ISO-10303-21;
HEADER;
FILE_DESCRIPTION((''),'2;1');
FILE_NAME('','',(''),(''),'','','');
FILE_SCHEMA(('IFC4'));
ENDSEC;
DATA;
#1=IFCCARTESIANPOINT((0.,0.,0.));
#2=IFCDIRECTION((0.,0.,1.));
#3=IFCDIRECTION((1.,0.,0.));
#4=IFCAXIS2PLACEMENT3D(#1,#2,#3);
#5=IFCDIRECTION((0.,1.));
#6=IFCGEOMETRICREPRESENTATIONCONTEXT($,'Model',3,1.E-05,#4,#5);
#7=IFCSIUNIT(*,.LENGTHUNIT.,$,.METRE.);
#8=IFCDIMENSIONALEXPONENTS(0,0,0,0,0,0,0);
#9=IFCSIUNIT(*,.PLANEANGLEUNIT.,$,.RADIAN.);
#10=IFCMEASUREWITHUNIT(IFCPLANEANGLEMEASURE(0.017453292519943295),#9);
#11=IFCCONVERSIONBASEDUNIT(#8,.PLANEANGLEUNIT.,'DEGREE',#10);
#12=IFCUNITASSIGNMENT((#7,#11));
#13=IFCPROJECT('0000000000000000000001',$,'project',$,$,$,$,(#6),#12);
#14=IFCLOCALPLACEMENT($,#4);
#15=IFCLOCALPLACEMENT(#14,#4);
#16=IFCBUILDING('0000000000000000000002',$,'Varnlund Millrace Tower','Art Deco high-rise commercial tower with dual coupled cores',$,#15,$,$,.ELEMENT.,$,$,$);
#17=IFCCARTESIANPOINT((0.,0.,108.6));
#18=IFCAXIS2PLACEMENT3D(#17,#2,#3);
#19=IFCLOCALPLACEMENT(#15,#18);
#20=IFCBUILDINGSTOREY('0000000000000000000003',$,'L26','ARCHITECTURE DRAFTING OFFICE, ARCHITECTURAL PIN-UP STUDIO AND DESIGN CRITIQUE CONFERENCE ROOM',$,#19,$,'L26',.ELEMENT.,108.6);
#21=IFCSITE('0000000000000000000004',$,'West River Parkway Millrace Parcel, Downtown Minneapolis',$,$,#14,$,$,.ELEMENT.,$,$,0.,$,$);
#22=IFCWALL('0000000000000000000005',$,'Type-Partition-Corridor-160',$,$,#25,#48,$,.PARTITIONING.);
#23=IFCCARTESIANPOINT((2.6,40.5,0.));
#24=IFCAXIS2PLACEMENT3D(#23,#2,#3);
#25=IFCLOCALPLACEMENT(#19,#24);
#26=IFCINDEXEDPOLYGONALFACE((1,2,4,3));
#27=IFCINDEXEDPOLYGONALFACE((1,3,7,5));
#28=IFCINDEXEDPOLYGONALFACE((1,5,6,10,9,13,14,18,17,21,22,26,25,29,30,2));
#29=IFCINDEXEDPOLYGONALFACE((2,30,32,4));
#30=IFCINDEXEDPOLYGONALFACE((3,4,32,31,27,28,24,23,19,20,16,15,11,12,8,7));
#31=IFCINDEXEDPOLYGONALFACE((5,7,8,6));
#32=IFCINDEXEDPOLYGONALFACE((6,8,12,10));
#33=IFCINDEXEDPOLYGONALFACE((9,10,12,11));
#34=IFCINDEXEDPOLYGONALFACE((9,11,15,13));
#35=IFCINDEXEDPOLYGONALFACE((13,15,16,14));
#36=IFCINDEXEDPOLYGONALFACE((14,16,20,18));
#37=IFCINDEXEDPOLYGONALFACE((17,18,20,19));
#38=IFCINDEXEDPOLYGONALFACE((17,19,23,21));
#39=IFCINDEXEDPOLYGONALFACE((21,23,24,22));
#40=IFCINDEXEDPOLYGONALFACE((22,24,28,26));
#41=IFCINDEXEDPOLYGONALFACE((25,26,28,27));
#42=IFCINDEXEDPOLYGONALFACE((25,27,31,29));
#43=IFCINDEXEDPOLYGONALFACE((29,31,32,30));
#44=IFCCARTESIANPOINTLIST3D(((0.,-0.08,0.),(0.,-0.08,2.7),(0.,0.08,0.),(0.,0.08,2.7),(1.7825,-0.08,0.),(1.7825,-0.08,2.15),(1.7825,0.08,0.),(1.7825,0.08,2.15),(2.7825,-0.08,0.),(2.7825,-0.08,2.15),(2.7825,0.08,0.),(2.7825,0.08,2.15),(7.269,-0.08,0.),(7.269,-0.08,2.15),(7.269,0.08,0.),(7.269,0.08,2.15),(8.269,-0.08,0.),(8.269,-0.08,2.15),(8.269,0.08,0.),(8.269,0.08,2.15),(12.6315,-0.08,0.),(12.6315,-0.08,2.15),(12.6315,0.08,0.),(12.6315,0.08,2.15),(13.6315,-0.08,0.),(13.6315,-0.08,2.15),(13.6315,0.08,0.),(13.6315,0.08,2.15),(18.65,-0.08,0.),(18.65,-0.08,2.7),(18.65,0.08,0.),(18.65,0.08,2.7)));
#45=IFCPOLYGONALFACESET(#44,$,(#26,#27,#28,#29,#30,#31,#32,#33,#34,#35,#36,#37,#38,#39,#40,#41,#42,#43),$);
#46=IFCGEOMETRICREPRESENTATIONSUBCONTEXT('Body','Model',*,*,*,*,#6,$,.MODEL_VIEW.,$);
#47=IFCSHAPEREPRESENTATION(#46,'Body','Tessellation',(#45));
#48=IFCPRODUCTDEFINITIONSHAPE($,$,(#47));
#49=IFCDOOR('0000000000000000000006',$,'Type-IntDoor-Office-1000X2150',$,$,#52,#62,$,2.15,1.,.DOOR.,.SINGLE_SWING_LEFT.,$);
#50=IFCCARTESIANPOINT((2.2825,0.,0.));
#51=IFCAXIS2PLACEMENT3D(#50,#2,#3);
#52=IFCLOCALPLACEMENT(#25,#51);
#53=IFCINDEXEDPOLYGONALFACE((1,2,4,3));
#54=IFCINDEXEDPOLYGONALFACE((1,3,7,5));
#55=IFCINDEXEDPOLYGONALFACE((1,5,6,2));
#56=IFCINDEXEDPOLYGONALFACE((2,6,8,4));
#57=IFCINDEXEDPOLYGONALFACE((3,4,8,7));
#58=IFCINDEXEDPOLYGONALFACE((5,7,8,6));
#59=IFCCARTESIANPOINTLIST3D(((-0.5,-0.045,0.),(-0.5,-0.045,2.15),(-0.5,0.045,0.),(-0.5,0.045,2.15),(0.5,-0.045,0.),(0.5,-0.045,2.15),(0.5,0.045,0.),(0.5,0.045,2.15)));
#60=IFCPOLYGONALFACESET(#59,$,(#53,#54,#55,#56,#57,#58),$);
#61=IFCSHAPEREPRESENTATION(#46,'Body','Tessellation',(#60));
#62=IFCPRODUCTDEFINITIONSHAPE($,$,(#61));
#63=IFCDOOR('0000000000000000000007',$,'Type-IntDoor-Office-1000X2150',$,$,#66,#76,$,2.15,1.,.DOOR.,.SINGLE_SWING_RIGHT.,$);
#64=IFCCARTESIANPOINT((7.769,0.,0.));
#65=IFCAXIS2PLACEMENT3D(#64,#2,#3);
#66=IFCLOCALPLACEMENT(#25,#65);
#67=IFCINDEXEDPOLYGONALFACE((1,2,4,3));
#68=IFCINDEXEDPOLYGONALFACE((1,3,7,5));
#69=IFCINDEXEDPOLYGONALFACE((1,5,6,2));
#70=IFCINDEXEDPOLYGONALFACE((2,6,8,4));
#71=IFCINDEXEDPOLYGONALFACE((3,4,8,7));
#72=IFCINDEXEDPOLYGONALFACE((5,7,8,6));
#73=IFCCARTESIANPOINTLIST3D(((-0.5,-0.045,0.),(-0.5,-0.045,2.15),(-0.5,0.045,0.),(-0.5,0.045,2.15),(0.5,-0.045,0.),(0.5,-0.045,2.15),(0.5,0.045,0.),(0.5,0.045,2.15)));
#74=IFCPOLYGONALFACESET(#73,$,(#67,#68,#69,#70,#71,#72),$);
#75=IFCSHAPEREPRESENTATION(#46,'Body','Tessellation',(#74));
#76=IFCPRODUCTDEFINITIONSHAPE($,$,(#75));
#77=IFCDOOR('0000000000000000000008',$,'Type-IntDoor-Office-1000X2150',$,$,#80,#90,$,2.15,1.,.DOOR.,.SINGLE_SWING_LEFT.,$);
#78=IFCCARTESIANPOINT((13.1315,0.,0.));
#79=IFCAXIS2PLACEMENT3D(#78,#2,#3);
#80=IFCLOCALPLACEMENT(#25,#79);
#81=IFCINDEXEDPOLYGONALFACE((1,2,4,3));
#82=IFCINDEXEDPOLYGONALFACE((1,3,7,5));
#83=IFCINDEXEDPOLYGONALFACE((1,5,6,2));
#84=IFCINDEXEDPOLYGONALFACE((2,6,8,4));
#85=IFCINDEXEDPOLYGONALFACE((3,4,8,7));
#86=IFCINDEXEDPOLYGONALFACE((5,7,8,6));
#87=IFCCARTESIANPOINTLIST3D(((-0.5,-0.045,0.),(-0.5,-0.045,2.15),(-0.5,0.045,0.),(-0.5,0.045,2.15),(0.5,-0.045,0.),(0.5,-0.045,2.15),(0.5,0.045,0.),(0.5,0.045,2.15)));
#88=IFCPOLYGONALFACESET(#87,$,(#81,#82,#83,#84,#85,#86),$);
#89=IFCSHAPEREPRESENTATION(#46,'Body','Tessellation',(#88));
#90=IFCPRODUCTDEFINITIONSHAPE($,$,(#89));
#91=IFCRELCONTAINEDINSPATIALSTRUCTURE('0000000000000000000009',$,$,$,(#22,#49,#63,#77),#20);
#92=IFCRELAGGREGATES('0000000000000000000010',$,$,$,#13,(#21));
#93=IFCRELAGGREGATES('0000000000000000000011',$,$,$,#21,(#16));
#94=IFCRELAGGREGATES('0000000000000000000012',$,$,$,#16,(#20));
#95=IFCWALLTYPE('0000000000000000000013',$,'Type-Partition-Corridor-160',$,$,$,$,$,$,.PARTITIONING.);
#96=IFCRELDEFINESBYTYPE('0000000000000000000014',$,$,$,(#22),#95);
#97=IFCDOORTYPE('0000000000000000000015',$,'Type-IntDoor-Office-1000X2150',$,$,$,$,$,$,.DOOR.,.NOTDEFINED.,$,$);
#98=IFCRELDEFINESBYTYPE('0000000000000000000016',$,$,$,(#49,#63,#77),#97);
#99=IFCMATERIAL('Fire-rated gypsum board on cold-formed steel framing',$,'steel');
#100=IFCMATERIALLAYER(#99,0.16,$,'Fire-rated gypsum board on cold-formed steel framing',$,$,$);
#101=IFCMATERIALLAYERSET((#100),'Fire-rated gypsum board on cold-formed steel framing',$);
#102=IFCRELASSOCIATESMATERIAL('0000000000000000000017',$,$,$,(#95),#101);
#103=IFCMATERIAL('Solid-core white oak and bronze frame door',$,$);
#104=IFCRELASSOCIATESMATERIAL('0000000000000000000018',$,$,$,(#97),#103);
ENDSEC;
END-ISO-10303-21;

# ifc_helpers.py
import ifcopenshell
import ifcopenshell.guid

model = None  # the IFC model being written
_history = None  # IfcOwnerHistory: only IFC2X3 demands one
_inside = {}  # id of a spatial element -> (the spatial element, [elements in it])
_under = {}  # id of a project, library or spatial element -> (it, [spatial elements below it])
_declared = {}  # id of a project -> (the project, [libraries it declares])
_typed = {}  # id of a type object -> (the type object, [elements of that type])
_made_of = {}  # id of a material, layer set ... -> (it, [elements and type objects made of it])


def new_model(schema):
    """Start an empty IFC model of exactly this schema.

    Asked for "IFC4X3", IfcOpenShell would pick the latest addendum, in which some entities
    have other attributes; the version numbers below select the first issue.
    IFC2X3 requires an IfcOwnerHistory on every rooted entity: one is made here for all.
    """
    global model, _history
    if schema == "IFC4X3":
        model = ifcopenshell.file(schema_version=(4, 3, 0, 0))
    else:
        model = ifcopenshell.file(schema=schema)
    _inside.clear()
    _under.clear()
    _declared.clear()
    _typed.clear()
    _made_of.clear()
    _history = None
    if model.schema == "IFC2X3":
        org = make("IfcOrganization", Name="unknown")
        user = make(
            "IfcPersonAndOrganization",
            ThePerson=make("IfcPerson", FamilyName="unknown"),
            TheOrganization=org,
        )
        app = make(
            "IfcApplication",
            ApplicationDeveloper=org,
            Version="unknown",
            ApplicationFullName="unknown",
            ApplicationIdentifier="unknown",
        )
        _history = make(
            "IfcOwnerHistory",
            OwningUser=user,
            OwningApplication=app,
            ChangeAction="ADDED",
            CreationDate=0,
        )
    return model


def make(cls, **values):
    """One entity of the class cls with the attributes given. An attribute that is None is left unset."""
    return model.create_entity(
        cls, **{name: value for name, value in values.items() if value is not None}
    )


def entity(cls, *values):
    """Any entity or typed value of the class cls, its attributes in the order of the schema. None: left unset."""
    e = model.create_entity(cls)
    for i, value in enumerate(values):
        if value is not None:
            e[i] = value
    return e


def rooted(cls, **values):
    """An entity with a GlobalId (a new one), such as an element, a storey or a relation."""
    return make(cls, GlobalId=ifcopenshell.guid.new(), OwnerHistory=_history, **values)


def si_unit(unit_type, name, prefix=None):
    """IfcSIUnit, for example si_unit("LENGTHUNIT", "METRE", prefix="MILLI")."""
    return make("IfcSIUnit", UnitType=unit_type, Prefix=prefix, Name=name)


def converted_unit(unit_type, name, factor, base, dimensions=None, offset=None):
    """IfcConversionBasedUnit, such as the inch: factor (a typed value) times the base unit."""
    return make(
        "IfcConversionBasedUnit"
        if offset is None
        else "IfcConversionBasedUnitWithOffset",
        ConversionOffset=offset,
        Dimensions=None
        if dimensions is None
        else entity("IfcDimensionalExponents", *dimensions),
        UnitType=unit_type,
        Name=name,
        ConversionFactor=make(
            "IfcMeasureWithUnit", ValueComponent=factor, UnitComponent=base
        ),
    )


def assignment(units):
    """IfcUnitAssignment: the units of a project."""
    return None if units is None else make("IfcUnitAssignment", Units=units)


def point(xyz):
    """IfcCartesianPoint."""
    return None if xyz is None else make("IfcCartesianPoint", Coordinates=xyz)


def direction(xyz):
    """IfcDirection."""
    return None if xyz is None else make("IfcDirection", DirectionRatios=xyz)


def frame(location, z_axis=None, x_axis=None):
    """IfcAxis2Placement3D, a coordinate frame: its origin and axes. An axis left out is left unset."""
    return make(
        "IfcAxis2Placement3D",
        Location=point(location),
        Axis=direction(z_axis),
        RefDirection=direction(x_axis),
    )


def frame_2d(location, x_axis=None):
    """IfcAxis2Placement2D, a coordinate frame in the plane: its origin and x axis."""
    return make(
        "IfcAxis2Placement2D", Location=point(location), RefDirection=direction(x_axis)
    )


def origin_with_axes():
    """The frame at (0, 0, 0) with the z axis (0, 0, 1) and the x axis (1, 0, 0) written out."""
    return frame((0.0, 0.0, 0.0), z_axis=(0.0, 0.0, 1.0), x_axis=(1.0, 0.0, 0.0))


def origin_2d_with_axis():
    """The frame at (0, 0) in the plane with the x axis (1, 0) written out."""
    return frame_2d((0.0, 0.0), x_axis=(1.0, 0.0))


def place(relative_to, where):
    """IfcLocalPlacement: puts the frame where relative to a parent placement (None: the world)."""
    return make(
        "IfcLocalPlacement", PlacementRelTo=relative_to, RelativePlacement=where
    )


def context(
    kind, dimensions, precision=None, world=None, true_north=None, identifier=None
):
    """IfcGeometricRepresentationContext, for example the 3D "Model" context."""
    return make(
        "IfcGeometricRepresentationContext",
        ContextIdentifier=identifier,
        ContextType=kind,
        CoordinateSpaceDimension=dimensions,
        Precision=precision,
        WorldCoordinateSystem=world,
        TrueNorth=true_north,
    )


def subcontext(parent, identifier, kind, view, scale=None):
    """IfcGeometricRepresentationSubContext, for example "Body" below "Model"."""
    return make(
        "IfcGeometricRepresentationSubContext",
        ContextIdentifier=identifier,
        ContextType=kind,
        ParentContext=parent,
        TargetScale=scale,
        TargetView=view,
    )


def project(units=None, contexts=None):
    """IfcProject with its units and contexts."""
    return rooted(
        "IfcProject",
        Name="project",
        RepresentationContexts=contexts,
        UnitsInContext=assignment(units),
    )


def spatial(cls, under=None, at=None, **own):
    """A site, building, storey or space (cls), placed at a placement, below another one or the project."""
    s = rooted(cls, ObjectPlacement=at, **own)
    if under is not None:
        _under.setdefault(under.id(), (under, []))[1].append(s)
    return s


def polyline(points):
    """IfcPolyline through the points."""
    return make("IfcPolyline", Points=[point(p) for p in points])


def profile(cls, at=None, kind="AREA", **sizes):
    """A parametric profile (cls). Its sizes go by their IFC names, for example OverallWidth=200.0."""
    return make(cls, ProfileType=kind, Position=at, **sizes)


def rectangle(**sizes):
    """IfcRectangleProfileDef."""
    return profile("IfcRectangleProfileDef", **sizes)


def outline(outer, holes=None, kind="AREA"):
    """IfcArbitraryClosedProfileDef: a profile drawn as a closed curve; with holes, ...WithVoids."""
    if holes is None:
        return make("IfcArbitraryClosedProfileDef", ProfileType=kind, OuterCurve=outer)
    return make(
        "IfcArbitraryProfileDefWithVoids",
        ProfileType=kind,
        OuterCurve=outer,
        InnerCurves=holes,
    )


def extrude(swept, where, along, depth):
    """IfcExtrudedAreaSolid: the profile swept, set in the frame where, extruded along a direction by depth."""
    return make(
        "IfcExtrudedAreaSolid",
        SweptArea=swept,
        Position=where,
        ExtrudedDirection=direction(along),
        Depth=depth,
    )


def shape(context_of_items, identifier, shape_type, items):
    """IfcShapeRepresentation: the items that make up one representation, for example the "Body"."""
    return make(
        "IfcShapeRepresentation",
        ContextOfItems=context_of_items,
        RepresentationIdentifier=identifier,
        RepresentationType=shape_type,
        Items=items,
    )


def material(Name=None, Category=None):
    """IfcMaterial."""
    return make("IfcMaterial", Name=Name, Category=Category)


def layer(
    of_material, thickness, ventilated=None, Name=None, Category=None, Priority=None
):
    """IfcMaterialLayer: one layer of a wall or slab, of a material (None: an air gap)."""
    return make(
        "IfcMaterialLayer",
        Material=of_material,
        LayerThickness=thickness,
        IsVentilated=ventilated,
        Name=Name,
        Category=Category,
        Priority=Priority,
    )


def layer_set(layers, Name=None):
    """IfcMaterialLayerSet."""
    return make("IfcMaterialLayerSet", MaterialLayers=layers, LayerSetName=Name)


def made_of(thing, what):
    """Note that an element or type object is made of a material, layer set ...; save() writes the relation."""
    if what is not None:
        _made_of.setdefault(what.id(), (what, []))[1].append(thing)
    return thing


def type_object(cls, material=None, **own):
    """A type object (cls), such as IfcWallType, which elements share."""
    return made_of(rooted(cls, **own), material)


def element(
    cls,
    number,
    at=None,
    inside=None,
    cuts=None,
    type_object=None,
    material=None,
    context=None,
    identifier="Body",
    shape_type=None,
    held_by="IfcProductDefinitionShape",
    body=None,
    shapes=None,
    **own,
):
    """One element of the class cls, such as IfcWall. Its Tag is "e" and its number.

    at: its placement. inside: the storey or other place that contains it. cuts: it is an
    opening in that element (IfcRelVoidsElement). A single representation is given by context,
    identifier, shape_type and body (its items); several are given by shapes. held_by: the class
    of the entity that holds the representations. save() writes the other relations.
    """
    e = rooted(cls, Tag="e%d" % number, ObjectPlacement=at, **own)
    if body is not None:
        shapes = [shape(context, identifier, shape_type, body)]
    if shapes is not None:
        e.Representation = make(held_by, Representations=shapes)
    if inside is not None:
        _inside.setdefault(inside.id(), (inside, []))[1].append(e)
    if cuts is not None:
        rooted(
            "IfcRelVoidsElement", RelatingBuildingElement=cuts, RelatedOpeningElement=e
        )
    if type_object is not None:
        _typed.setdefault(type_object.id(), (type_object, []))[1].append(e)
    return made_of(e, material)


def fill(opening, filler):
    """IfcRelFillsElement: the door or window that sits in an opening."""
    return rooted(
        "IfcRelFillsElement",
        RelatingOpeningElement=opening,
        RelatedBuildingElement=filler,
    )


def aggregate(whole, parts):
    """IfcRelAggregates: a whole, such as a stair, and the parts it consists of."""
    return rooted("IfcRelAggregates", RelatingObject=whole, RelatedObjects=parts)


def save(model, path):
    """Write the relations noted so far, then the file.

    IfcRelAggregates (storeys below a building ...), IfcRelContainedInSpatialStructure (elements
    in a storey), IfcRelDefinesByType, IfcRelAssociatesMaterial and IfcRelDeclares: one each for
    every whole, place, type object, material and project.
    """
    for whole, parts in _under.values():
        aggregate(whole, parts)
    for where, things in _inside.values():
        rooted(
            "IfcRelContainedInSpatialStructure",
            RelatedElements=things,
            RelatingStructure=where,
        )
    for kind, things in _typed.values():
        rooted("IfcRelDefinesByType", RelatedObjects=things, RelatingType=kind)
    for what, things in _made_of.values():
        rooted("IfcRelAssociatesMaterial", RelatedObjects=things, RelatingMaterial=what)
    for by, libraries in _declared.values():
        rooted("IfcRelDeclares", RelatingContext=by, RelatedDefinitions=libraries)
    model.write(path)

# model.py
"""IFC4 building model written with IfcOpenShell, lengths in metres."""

from ifc_helpers import new_model, entity, si_unit, converted_unit, direction, frame, origin_with_axes, origin_2d_with_axis, place, context, subcontext, project, spatial, polyline, rectangle, outline, extrude, material, layer, layer_set, type_object, element, fill, save


model = new_model("IFC4")

# Units and contexts
model_context = context("Model", 3, precision=1e-05, world=origin_with_axes(), true_north=direction((0.0, 1.0)))
body_context = subcontext(model_context, "Body", "Model", "MODEL_VIEW")
ifc_project = project(units=[si_unit("LENGTHUNIT", "METRE"), converted_unit("PLANEANGLEUNIT", "DEGREE", entity("IfcPlaneAngleMeasure", 0.017453292519943295), si_unit("PLANEANGLEUNIT", "RADIAN"), dimensions=[0, 0, 0, 0, 0, 0, 0])], contexts=[model_context])

# Site, building, storey
site_placement = place(None, origin_with_axes())
site = spatial("IfcSite", under=ifc_project, at=site_placement, Name="West River Parkway Millrace Parcel, Downtown Minneapolis", CompositionType="ELEMENT", RefElevation=0.0)
building_placement = place(site_placement, origin_with_axes())
building = spatial("IfcBuilding", under=site, at=building_placement, Name="Varnlund Millrace Tower", Description="Art Deco high-rise commercial tower with dual coupled cores", CompositionType="ELEMENT")
storey_placement = place(building_placement, frame((0.0, 0.0, 108.6), z_axis=(0.0, 0.0, 1.0), x_axis=(1.0, 0.0, 0.0)))
storey = spatial("IfcBuildingStorey", under=building, at=storey_placement, Name="L26", Description="ARCHITECTURE DRAFTING OFFICE, ARCHITECTURAL PIN-UP STUDIO AND DESIGN CRITIQUE CONFERENCE ROOM", LongName="L26", CompositionType="ELEMENT", Elevation=108.6)

# Wall, openings, doors
ifc_material_1 = material(Name="Fire-rated gypsum board on cold-formed steel framing", Category="steel")
ifc_layer_1 = layer(ifc_material_1, 0.16, Name="Fire-rated gypsum board on cold-formed steel framing")
ifc_layer_set_1 = layer_set([ifc_layer_1], Name="Fire-rated gypsum board on cold-formed steel framing")
wall_type_1 = type_object("IfcWallType", Name="Type-Partition-Corridor-160", PredefinedType="PARTITIONING", material=ifc_layer_set_1)
wall_1_placement = place(storey_placement, frame((2.6, 40.5, 0.0), z_axis=(0.0, 0.0, 1.0), x_axis=(1.0, 0.0, 0.0)))
wall_1 = element("IfcWall", 1, at=wall_1_placement, inside=storey, type_object=wall_type_1, Name="Type-Partition-Corridor-160", PredefinedType="PARTITIONING", context=body_context, shape_type="SweptSolid", body=[
    extrude(outline(polyline([(0.0, -0.08), (18.65, -0.08), (18.65, 0.08), (0.0, 0.08), (0.0, -0.08)])), origin_with_axes(), (0.0, 0.0, 1.0), 2.7),
])
opening_1_placement = place(wall_1_placement, frame((2.2825, 0.0, 0.0), z_axis=(0.0, 0.0, 1.0), x_axis=(1.0, 0.0, 0.0)))
opening_1 = element("IfcOpeningElement", 2, at=opening_1_placement, cuts=wall_1, PredefinedType="OPENING", context=body_context, shape_type="SweptSolid", body=[
    extrude(rectangle(XDim=1.0, YDim=0.18, at=origin_2d_with_axis()), origin_with_axes(), (0.0, 0.0, 1.0), 2.15),
])
opening_2_placement = place(wall_1_placement, frame((7.769, 0.0, 0.0), z_axis=(0.0, 0.0, 1.0), x_axis=(1.0, 0.0, 0.0)))
opening_2 = element("IfcOpeningElement", 3, at=opening_2_placement, cuts=wall_1, PredefinedType="OPENING", context=body_context, shape_type="SweptSolid", body=[
    extrude(rectangle(XDim=1.0, YDim=0.18, at=origin_2d_with_axis()), origin_with_axes(), (0.0, 0.0, 1.0), 2.15),
])
opening_3_placement = place(wall_1_placement, frame((13.1315, 0.0, 0.0), z_axis=(0.0, 0.0, 1.0), x_axis=(1.0, 0.0, 0.0)))
opening_3 = element("IfcOpeningElement", 4, at=opening_3_placement, cuts=wall_1, PredefinedType="OPENING", context=body_context, shape_type="SweptSolid", body=[
    extrude(rectangle(XDim=1.0, YDim=0.18, at=origin_2d_with_axis()), origin_with_axes(), (0.0, 0.0, 1.0), 2.15),
])
ifc_material_2 = material(Name="Solid-core white oak and bronze frame door")
door_type = type_object("IfcDoorType", Name="Type-IntDoor-Office-1000X2150", OperationType="NOTDEFINED", PredefinedType="DOOR", material=ifc_material_2)
door_1_placement = place(wall_1_placement, frame((2.2825, 0.0, 0.0), z_axis=(0.0, 0.0, 1.0), x_axis=(1.0, 0.0, 0.0)))
door_1 = element("IfcDoor", 5, at=door_1_placement, inside=storey, type_object=door_type, Name="Type-IntDoor-Office-1000X2150", OperationType="SINGLE_SWING_LEFT", OverallHeight=2.15, OverallWidth=1.0, PredefinedType="DOOR", context=body_context, shape_type="SweptSolid", body=[
    extrude(rectangle(XDim=1.0, YDim=0.09, at=origin_2d_with_axis()), origin_with_axes(), (0.0, 0.0, 1.0), 2.15),
])
fill(opening_1, door_1)
door_2_placement = place(wall_1_placement, frame((7.769, 0.0, 0.0), z_axis=(0.0, 0.0, 1.0), x_axis=(1.0, 0.0, 0.0)))
door_2 = element("IfcDoor", 6, at=door_2_placement, inside=storey, type_object=door_type, Name="Type-IntDoor-Office-1000X2150", OperationType="SINGLE_SWING_RIGHT", OverallHeight=2.15, OverallWidth=1.0, PredefinedType="DOOR", context=body_context, shape_type="SweptSolid", body=[
    extrude(rectangle(XDim=1.0, YDim=0.09, at=origin_2d_with_axis()), origin_with_axes(), (0.0, 0.0, 1.0), 2.15),
])
fill(opening_2, door_2)
door_3_placement = place(wall_1_placement, frame((13.1315, 0.0, 0.0), z_axis=(0.0, 0.0, 1.0), x_axis=(1.0, 0.0, 0.0)))
door_3 = element("IfcDoor", 7, at=door_3_placement, inside=storey, type_object=door_type, Name="Type-IntDoor-Office-1000X2150", OperationType="SINGLE_SWING_LEFT", OverallHeight=2.15, OverallWidth=1.0, PredefinedType="DOOR", context=body_context, shape_type="SweptSolid", body=[
    extrude(rectangle(XDim=1.0, YDim=0.09, at=origin_2d_with_axis()), origin_with_axes(), (0.0, 0.0, 1.0), 2.15),
])
fill(opening_3, door_3)

save(model, "model.ifc")
